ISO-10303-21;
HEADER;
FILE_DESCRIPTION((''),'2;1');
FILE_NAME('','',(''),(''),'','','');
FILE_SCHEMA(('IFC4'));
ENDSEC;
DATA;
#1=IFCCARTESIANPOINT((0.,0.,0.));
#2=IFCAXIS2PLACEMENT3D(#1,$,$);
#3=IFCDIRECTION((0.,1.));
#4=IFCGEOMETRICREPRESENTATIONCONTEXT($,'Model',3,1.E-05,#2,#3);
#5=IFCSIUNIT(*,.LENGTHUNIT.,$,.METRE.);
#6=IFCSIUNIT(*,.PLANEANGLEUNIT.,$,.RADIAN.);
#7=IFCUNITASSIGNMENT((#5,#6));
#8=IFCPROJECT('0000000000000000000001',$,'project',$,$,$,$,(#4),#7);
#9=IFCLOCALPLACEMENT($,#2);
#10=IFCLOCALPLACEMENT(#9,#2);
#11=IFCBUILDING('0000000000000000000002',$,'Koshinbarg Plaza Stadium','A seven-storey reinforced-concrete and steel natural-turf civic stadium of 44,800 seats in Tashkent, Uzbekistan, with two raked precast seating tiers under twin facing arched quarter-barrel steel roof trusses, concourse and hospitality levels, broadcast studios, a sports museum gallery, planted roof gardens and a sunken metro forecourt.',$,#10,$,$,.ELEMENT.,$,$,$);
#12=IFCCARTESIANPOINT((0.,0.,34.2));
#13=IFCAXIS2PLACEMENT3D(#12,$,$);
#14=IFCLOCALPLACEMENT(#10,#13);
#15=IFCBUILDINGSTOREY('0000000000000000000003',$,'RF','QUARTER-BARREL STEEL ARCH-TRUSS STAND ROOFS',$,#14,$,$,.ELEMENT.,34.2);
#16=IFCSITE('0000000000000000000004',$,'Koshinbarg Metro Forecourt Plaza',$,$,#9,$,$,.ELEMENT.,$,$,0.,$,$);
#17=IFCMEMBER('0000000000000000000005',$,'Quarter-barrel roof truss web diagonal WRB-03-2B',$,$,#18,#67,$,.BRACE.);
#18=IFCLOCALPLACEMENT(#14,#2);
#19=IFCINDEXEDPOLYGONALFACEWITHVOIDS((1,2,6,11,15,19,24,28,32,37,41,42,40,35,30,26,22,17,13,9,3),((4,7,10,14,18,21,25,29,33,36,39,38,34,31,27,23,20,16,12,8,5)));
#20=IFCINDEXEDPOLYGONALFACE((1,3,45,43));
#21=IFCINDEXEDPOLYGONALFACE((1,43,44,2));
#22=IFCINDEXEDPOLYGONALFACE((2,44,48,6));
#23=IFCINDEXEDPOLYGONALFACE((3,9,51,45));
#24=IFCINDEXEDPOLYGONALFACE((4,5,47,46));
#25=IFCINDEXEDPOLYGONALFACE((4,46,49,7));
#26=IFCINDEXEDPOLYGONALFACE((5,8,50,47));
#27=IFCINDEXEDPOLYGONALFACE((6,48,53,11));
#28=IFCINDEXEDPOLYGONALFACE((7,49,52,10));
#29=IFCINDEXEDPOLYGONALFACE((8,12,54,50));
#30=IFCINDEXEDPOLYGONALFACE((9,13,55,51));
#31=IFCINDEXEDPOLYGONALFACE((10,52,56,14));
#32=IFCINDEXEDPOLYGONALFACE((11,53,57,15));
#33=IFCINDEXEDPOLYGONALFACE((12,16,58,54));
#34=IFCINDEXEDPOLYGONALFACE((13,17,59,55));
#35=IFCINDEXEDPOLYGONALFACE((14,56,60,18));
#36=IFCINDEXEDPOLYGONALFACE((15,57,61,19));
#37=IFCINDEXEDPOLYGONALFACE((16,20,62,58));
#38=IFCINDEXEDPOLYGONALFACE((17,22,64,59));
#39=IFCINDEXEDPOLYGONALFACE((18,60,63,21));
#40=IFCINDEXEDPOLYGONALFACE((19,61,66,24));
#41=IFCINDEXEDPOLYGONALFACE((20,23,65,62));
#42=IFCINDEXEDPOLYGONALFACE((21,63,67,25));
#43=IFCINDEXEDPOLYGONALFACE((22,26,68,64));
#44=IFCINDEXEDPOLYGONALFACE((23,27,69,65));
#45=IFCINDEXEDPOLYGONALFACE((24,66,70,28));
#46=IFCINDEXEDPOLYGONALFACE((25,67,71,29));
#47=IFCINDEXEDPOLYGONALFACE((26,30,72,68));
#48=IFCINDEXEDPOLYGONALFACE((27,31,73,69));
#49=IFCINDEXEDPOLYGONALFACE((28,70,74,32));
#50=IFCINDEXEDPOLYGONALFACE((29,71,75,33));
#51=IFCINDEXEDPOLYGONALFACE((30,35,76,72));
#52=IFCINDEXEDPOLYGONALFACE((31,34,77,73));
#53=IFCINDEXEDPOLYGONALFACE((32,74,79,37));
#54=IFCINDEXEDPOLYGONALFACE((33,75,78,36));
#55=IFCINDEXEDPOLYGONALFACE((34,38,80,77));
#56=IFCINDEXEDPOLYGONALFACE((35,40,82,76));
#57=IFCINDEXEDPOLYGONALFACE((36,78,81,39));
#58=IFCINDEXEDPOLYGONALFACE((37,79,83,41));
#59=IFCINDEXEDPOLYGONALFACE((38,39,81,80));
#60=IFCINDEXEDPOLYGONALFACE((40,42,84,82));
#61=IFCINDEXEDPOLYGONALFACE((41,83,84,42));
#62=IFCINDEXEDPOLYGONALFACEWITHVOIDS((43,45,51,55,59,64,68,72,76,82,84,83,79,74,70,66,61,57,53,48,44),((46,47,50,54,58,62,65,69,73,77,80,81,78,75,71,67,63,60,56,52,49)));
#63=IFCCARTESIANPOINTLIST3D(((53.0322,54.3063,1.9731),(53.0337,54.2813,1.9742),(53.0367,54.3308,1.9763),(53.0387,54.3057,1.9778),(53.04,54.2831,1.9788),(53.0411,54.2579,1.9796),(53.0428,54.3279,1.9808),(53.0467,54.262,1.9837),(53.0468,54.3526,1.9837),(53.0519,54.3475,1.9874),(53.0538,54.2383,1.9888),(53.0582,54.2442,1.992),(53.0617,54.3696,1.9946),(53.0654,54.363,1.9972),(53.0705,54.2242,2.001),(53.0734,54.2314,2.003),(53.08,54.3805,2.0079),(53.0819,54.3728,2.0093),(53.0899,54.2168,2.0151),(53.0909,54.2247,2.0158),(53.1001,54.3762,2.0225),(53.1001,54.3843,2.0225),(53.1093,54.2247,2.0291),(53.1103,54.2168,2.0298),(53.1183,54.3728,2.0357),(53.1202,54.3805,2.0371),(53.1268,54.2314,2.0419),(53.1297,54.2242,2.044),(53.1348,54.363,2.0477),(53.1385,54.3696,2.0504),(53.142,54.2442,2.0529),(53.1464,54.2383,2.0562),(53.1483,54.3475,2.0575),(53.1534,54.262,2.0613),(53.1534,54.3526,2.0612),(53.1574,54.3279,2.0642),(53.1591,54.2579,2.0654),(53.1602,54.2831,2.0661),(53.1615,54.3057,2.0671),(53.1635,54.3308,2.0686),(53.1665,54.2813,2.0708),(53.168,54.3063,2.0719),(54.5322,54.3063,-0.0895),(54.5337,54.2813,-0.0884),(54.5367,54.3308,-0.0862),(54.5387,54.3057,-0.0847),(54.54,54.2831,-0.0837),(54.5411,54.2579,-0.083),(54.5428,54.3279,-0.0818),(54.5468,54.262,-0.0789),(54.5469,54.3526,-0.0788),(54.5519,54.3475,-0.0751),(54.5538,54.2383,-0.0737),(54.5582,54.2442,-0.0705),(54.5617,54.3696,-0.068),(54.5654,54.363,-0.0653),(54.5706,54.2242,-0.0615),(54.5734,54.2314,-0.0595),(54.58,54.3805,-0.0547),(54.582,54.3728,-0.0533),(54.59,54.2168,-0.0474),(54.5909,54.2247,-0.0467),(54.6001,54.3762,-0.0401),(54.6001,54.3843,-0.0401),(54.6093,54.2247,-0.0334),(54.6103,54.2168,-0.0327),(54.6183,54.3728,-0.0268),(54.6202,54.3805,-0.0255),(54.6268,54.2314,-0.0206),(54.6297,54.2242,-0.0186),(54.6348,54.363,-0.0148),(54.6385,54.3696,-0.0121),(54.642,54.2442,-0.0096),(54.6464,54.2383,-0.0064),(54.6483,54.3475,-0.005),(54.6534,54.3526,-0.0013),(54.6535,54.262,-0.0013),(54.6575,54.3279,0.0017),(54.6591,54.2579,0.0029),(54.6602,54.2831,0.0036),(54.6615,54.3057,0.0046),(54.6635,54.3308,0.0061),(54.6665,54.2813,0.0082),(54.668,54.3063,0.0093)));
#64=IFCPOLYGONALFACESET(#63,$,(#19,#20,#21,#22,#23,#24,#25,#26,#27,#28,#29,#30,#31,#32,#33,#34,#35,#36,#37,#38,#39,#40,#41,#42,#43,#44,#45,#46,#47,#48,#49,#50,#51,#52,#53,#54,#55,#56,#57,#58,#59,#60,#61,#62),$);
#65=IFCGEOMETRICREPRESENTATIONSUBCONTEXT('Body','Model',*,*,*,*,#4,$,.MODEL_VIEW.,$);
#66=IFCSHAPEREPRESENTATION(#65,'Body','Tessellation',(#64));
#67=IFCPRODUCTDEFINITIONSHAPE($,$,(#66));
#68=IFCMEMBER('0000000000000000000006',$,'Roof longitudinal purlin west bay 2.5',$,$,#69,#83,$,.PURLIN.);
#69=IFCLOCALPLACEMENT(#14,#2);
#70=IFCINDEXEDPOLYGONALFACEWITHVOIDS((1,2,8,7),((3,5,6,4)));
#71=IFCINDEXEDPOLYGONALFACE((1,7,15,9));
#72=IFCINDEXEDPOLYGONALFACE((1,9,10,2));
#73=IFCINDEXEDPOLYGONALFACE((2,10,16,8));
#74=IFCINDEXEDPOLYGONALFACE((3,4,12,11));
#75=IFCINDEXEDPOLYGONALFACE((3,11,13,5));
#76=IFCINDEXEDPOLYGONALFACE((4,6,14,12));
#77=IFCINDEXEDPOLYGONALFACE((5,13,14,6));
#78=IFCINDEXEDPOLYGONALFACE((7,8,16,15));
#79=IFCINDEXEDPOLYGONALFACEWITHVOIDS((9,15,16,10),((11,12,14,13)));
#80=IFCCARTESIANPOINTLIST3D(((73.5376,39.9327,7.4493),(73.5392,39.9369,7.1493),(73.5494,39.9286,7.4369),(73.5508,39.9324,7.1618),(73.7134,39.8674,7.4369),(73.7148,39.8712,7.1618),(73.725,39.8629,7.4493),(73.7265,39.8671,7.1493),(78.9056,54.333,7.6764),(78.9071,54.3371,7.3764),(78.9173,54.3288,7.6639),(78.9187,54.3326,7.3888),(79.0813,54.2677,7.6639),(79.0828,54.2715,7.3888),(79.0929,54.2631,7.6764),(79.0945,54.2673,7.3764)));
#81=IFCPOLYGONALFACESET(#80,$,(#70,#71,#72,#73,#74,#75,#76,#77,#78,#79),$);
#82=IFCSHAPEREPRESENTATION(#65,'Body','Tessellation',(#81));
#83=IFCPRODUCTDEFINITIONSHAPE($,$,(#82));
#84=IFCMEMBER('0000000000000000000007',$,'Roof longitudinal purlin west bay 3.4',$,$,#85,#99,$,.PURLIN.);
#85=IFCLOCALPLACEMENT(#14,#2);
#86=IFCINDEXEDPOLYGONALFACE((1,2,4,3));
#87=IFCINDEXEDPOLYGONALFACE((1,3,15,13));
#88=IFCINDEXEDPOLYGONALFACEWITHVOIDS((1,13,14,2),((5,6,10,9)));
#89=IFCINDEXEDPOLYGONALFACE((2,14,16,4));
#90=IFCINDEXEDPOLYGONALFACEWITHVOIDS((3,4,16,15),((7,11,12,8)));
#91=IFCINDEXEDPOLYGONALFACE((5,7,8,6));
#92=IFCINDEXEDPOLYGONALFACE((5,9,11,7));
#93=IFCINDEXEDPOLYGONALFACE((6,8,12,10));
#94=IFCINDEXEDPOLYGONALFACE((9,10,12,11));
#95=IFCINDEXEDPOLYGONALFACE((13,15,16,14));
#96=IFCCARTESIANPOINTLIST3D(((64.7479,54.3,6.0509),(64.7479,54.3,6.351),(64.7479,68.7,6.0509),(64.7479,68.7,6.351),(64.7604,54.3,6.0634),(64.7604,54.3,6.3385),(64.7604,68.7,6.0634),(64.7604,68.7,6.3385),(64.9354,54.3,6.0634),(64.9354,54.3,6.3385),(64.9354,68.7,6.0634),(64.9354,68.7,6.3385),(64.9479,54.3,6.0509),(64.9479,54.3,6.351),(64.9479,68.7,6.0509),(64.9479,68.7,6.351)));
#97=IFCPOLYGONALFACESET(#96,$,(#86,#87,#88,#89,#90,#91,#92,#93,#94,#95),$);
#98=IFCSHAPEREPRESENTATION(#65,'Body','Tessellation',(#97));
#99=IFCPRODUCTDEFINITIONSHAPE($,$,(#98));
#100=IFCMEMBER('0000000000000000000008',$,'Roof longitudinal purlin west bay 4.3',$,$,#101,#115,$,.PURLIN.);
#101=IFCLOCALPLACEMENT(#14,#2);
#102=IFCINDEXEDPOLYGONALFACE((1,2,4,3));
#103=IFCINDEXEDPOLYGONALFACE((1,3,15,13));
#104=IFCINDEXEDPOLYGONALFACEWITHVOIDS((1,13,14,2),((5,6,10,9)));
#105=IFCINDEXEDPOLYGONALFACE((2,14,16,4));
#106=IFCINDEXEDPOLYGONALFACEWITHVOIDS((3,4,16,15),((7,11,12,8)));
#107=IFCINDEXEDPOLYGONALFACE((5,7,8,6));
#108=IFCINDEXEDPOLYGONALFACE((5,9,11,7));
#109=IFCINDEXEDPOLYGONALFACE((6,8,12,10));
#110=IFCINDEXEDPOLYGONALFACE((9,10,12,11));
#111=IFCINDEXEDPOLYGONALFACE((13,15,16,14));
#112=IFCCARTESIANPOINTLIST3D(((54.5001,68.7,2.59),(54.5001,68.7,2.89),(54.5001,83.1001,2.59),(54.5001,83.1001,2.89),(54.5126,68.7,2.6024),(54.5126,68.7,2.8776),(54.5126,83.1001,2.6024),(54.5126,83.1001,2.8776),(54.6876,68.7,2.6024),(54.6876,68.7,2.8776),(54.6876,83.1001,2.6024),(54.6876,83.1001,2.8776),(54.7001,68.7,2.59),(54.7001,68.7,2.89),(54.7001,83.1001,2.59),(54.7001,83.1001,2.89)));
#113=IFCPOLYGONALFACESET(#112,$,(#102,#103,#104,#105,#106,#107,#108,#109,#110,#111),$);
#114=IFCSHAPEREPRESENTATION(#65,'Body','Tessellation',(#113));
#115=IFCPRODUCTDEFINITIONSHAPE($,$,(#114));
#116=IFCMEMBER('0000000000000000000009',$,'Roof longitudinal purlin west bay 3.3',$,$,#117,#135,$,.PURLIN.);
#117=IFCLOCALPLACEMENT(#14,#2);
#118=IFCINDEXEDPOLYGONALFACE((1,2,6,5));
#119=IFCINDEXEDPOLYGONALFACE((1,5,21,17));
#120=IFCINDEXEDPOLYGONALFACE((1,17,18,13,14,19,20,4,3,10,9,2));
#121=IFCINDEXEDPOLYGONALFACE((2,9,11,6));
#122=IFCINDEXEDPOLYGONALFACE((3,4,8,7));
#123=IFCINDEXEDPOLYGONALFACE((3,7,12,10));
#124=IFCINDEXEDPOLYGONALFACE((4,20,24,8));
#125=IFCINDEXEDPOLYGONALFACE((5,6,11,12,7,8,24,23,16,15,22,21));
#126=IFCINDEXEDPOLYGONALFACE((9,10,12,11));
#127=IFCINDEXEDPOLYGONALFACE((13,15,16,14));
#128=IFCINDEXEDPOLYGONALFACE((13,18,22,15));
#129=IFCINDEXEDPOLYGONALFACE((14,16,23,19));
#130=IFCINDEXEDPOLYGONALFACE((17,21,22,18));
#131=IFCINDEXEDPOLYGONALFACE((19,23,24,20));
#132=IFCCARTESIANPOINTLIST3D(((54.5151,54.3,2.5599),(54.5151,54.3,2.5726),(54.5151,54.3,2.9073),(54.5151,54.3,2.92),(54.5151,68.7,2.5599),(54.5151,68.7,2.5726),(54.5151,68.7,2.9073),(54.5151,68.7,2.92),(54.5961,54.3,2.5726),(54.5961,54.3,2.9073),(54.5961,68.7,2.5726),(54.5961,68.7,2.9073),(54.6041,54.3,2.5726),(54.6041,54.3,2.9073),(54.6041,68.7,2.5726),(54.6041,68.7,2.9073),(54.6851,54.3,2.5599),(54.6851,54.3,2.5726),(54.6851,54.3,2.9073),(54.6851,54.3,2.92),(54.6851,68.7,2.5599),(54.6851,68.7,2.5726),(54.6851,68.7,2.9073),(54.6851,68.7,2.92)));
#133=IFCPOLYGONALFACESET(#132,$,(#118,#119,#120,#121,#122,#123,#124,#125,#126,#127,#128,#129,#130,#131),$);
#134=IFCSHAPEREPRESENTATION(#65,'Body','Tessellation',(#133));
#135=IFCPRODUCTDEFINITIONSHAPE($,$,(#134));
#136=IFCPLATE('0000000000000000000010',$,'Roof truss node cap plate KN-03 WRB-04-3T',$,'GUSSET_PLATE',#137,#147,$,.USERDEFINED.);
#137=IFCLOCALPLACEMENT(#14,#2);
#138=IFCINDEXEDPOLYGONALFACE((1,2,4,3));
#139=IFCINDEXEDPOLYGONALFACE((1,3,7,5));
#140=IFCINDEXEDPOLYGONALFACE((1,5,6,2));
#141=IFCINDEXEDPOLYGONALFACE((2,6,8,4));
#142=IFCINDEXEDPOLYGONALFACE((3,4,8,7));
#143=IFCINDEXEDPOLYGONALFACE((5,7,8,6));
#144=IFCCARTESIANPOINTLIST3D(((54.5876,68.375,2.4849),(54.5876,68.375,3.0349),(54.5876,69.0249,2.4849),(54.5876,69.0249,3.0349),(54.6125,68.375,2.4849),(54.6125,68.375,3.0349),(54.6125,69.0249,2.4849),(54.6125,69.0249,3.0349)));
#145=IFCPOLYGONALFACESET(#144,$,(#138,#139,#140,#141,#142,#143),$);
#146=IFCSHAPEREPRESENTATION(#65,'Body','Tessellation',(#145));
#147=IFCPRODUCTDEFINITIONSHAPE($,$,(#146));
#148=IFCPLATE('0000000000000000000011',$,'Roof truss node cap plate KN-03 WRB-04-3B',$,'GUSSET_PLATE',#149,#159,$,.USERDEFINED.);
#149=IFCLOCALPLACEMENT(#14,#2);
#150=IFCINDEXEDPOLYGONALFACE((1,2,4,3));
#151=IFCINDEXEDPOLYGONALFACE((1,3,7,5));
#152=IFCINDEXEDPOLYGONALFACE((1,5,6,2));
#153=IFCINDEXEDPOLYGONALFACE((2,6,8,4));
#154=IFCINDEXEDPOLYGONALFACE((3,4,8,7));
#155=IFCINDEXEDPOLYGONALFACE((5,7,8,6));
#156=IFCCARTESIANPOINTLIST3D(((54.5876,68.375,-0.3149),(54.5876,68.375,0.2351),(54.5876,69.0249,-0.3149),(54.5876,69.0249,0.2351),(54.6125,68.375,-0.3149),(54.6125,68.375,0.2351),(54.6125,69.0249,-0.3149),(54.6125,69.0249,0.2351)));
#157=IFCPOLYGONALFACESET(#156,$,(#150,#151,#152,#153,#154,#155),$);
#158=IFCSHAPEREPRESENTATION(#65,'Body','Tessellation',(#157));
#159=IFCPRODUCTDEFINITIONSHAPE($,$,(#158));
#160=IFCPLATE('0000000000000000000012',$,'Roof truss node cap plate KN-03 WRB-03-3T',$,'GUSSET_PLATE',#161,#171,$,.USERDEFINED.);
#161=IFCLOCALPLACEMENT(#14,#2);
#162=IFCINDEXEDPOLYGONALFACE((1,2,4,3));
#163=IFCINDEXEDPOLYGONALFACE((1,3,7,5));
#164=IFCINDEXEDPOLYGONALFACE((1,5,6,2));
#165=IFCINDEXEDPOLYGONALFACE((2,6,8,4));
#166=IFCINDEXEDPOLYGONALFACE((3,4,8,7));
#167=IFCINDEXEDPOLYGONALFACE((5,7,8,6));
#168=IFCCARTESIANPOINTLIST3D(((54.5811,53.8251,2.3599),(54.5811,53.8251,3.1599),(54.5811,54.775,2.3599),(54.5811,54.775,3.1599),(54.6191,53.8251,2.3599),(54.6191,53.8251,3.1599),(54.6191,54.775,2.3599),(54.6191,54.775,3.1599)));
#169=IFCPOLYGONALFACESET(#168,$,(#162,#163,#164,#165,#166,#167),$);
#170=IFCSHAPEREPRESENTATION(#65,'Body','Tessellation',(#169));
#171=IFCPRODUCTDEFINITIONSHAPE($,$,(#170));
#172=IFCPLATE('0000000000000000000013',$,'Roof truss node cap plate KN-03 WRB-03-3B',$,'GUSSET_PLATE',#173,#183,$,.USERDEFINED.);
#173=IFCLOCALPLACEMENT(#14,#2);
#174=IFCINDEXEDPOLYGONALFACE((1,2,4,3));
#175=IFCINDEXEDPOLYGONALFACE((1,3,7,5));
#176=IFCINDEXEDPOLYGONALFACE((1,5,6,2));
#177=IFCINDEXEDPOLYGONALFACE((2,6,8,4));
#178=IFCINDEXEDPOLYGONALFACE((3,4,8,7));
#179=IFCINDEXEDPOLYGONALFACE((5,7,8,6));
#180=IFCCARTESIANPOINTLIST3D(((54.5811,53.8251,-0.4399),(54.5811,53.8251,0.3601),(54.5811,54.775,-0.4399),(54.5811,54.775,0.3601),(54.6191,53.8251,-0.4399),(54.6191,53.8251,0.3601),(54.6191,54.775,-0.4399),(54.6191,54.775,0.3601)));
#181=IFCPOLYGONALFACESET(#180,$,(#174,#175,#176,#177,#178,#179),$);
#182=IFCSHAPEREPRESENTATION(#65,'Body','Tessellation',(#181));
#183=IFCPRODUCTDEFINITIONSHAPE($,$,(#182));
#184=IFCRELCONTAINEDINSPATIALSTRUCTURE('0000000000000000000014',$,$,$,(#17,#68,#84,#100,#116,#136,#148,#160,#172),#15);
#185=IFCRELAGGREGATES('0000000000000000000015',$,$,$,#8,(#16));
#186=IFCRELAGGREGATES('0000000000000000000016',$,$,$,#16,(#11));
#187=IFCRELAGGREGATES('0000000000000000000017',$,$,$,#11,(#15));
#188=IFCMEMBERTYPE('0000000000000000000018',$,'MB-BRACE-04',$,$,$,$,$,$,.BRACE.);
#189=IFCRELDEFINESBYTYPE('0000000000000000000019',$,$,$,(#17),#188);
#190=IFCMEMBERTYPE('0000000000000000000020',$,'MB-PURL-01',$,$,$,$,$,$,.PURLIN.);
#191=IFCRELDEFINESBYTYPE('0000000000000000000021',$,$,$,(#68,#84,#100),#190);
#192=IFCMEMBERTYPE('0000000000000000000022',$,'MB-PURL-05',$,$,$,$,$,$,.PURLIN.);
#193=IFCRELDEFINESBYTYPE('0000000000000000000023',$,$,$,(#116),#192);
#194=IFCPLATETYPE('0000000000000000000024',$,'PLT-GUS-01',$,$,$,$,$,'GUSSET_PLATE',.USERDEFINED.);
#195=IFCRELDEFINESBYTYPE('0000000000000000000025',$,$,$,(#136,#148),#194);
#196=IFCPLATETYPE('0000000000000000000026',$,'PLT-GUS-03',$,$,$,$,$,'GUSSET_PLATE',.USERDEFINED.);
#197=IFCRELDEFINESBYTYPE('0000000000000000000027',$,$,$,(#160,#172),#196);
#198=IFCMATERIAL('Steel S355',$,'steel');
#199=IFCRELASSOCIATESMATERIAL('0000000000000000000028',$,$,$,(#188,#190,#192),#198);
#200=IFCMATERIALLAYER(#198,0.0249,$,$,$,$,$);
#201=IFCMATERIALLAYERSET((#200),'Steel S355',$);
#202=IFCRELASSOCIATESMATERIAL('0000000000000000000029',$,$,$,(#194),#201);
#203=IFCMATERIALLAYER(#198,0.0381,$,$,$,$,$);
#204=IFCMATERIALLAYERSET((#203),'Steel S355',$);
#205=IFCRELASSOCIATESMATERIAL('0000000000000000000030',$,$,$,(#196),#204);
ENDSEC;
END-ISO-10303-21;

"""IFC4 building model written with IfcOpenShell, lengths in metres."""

from ifc_helpers import new_model, si_unit, direction, frame, origin, origin_2d, place, context, subcontext, project, spatial, rectangle, hollow_rectangle, hollow_circle, i_section, extrude, material, layer, layer_set, material_profile, profile_set, type_object, element, save


model = new_model("IFC4")

# Units and contexts
model_context = context("Model", 3, precision=1e-05, world=origin(), true_north=direction((0.0, 1.0)))
body_context = subcontext(model_context, "Body", "Model", "MODEL_VIEW")
ifc_project = project(units=[si_unit("LENGTHUNIT", "METRE"), si_unit("PLANEANGLEUNIT", "RADIAN")], contexts=[model_context])

# Site, building, storey
site_placement = place(None, origin())
site = spatial("IfcSite", under=ifc_project, at=site_placement, Name="Koshinbarg Metro Forecourt Plaza", CompositionType="ELEMENT", RefElevation=0.0)
building_placement = place(site_placement, origin())
building = spatial("IfcBuilding", under=site, at=building_placement, Name="Koshinbarg Plaza Stadium", Description="A seven-storey reinforced-concrete and steel natural-turf civic stadium of 44,800 seats in Tashkent, Uzbekistan, with two raked precast seating tiers under twin facing arched quarter-barrel steel roof trusses, concourse and hospitality levels, broadcast studios, a sports museum gallery, planted roof gardens and a sunken metro forecourt.", CompositionType="ELEMENT")
storey_placement = place(building_placement, frame((0.0, 0.0, 34.2)))
storey = spatial("IfcBuildingStorey", under=building, at=storey_placement, Name="RF", Description="QUARTER-BARREL STEEL ARCH-TRUSS STAND ROOFS", CompositionType="ELEMENT", Elevation=34.2)

# Members
ifc_material_1 = material(Name="Steel S355", Category="steel")
ifc_material_profile_1 = material_profile(ifc_material_1, hollow_circle(Radius=0.0842, WallThickness=0.0081, at=origin_2d()), Name="CHS 168.3x8")
ifc_profile_set_1 = profile_set([ifc_material_profile_1], Name="Steel S355")
member_type_1 = type_object("IfcMemberType", Name="MB-BRACE-04", PredefinedType="BRACE", material=ifc_profile_set_1)
member_1_placement = place(storey_placement, frame((53.1001, 54.3, 2.0225), z_axis=(0.588172, 0.0, -0.808736), x_axis=(0.0, 1.0, 0.0)))
element("IfcMember", 1, at=member_1_placement, inside=storey, type_object=member_type_1, Name="Quarter-barrel roof truss web diagonal WRB-03-2B", PredefinedType="BRACE", context=body_context, shape_type="SweptSolid", body=[
    extrude(hollow_circle(Radius=0.0842, WallThickness=0.0081, at=origin_2d()), origin(), (0.0, 0.0, 1.0), 2.5503),
])
ifc_material_profile_2 = material_profile(ifc_material_1, hollow_rectangle(XDim=0.2, YDim=0.3, WallThickness=0.0125, at=origin_2d()), Name="RHS 300x200x12.5")
ifc_profile_set_2 = profile_set([ifc_material_profile_2], Name="Steel S355")
member_type_2 = type_object("IfcMemberType", Name="MB-PURL-01", PredefinedType="PURLIN", material=ifc_profile_set_2)
member_2_placement = place(storey_placement, frame((73.6321, 39.8999, 7.2993), z_axis=(0.349251, 0.936913, 0.014773), x_axis=(-0.937015, 0.34929, 0.0)))
element("IfcMember", 2, at=member_2_placement, inside=storey, type_object=member_type_2, Name="Roof longitudinal purlin west bay 2.5", PredefinedType="PURLIN", context=body_context, shape_type="SweptSolid", body=[
    extrude(hollow_rectangle(XDim=0.2, YDim=0.3, WallThickness=0.0125, at=origin_2d()), origin(), (0.0, 0.0, 1.0), 15.3699),
])
member_3_placement = place(storey_placement, frame((64.8479, 54.3, 6.2009), z_axis=(0.0, 1.0, 0.0), x_axis=(-1.0, 0.0, 0.0)))
element("IfcMember", 3, at=member_3_placement, inside=storey, type_object=member_type_2, Name="Roof longitudinal purlin west bay 3.4", PredefinedType="PURLIN", context=body_context, shape_type="SweptSolid", body=[
    extrude(hollow_rectangle(XDim=0.2, YDim=0.3, WallThickness=0.0125, at=origin_2d()), origin(), (0.0, 0.0, 1.0), 14.3999),
])
member_4_placement = place(storey_placement, frame((54.6001, 68.7, 2.74), z_axis=(0.0, 1.0, 0.0), x_axis=(-1.0, 0.0, 0.0)))
element("IfcMember", 4, at=member_4_placement, inside=storey, type_object=member_type_2, Name="Roof longitudinal purlin west bay 4.3", PredefinedType="PURLIN", context=body_context, shape_type="SweptSolid", body=[
    extrude(hollow_rectangle(XDim=0.2, YDim=0.3, WallThickness=0.0125, at=origin_2d()), origin(), (0.0, 0.0, 1.0), 14.4001),
])
ifc_material_profile_3 = material_profile(ifc_material_1, i_section(OverallWidth=0.1699, OverallDepth=0.3601, WebThickness=0.0081, FlangeThickness=0.0127, at=origin_2d()), Name="IPE 360")
ifc_profile_set_3 = profile_set([ifc_material_profile_3], Name="Steel S355")
member_type_3 = type_object("IfcMemberType", Name="MB-PURL-05", PredefinedType="PURLIN", material=ifc_profile_set_3)
member_5_placement = place(storey_placement, frame((54.6001, 54.3, 2.74), z_axis=(0.0, 1.0, 0.0), x_axis=(-1.0, 0.0, 0.0)))
element("IfcMember", 5, at=member_5_placement, inside=storey, type_object=member_type_3, Name="Roof longitudinal purlin west bay 3.3", PredefinedType="PURLIN", context=body_context, shape_type="SweptSolid", body=[
    extrude(i_section(OverallWidth=0.1699, OverallDepth=0.3601, WebThickness=0.0081, FlangeThickness=0.0127, at=origin_2d()), origin(), (0.0, 0.0, 1.0), 14.3999),
])

# Plates
ifc_layer_1 = layer(ifc_material_1, 0.0249)
ifc_layer_set_1 = layer_set([ifc_layer_1], Name="Steel S355")
plate_type_1 = type_object("IfcPlateType", Name="PLT-GUS-01", ElementType="GUSSET_PLATE", PredefinedType="USERDEFINED", material=ifc_layer_set_1)
for number, where, z_axis, x_axis, name in (
    (6, (54.6001, 68.7, 2.4849), (0.0, 0.0, 1.0), (1.0, 0.0, 0.0), "Roof truss node cap plate KN-03 WRB-04-3T"),
    (7, (54.6001, 68.7, -0.3149), (0.0, 0.0, 1.0), (1.0, 0.0, 0.0), "Roof truss node cap plate KN-03 WRB-04-3B"),
):
    element("IfcPlate", number, at=place(storey_placement, frame(where, z_axis=z_axis, x_axis=x_axis)), inside=storey, type_object=plate_type_1, Name=name, ObjectType="GUSSET_PLATE", PredefinedType="USERDEFINED", context=body_context, shape_type="SweptSolid", body=[
        extrude(rectangle(XDim=0.0249, YDim=0.6499, at=origin_2d()), origin(), (0.0, 0.0, 1.0), 0.55),
    ])
ifc_layer_2 = layer(ifc_material_1, 0.0381)
ifc_layer_set_2 = layer_set([ifc_layer_2], Name="Steel S355")
plate_type_2 = type_object("IfcPlateType", Name="PLT-GUS-03", ElementType="GUSSET_PLATE", PredefinedType="USERDEFINED", material=ifc_layer_set_2)
for number, where, z_axis, x_axis, name in (
    (8, (54.6001, 54.3, 2.3599), (0.0, 0.0, 1.0), (1.0, 0.0, 0.0), "Roof truss node cap plate KN-03 WRB-03-3T"),
    (9, (54.6001, 54.3, -0.4399), (0.0, 0.0, 1.0), (1.0, 0.0, 0.0), "Roof truss node cap plate KN-03 WRB-03-3B"),
):
    element("IfcPlate", number, at=place(storey_placement, frame(where, z_axis=z_axis, x_axis=x_axis)), inside=storey, type_object=plate_type_2, Name=name, ObjectType="GUSSET_PLATE", PredefinedType="USERDEFINED", context=body_context, shape_type="SweptSolid", body=[
        extrude(rectangle(XDim=0.0381, YDim=0.95, at=origin_2d()), origin(), (0.0, 0.0, 1.0), 0.8),
    ])

save(model, "model.ifc")
